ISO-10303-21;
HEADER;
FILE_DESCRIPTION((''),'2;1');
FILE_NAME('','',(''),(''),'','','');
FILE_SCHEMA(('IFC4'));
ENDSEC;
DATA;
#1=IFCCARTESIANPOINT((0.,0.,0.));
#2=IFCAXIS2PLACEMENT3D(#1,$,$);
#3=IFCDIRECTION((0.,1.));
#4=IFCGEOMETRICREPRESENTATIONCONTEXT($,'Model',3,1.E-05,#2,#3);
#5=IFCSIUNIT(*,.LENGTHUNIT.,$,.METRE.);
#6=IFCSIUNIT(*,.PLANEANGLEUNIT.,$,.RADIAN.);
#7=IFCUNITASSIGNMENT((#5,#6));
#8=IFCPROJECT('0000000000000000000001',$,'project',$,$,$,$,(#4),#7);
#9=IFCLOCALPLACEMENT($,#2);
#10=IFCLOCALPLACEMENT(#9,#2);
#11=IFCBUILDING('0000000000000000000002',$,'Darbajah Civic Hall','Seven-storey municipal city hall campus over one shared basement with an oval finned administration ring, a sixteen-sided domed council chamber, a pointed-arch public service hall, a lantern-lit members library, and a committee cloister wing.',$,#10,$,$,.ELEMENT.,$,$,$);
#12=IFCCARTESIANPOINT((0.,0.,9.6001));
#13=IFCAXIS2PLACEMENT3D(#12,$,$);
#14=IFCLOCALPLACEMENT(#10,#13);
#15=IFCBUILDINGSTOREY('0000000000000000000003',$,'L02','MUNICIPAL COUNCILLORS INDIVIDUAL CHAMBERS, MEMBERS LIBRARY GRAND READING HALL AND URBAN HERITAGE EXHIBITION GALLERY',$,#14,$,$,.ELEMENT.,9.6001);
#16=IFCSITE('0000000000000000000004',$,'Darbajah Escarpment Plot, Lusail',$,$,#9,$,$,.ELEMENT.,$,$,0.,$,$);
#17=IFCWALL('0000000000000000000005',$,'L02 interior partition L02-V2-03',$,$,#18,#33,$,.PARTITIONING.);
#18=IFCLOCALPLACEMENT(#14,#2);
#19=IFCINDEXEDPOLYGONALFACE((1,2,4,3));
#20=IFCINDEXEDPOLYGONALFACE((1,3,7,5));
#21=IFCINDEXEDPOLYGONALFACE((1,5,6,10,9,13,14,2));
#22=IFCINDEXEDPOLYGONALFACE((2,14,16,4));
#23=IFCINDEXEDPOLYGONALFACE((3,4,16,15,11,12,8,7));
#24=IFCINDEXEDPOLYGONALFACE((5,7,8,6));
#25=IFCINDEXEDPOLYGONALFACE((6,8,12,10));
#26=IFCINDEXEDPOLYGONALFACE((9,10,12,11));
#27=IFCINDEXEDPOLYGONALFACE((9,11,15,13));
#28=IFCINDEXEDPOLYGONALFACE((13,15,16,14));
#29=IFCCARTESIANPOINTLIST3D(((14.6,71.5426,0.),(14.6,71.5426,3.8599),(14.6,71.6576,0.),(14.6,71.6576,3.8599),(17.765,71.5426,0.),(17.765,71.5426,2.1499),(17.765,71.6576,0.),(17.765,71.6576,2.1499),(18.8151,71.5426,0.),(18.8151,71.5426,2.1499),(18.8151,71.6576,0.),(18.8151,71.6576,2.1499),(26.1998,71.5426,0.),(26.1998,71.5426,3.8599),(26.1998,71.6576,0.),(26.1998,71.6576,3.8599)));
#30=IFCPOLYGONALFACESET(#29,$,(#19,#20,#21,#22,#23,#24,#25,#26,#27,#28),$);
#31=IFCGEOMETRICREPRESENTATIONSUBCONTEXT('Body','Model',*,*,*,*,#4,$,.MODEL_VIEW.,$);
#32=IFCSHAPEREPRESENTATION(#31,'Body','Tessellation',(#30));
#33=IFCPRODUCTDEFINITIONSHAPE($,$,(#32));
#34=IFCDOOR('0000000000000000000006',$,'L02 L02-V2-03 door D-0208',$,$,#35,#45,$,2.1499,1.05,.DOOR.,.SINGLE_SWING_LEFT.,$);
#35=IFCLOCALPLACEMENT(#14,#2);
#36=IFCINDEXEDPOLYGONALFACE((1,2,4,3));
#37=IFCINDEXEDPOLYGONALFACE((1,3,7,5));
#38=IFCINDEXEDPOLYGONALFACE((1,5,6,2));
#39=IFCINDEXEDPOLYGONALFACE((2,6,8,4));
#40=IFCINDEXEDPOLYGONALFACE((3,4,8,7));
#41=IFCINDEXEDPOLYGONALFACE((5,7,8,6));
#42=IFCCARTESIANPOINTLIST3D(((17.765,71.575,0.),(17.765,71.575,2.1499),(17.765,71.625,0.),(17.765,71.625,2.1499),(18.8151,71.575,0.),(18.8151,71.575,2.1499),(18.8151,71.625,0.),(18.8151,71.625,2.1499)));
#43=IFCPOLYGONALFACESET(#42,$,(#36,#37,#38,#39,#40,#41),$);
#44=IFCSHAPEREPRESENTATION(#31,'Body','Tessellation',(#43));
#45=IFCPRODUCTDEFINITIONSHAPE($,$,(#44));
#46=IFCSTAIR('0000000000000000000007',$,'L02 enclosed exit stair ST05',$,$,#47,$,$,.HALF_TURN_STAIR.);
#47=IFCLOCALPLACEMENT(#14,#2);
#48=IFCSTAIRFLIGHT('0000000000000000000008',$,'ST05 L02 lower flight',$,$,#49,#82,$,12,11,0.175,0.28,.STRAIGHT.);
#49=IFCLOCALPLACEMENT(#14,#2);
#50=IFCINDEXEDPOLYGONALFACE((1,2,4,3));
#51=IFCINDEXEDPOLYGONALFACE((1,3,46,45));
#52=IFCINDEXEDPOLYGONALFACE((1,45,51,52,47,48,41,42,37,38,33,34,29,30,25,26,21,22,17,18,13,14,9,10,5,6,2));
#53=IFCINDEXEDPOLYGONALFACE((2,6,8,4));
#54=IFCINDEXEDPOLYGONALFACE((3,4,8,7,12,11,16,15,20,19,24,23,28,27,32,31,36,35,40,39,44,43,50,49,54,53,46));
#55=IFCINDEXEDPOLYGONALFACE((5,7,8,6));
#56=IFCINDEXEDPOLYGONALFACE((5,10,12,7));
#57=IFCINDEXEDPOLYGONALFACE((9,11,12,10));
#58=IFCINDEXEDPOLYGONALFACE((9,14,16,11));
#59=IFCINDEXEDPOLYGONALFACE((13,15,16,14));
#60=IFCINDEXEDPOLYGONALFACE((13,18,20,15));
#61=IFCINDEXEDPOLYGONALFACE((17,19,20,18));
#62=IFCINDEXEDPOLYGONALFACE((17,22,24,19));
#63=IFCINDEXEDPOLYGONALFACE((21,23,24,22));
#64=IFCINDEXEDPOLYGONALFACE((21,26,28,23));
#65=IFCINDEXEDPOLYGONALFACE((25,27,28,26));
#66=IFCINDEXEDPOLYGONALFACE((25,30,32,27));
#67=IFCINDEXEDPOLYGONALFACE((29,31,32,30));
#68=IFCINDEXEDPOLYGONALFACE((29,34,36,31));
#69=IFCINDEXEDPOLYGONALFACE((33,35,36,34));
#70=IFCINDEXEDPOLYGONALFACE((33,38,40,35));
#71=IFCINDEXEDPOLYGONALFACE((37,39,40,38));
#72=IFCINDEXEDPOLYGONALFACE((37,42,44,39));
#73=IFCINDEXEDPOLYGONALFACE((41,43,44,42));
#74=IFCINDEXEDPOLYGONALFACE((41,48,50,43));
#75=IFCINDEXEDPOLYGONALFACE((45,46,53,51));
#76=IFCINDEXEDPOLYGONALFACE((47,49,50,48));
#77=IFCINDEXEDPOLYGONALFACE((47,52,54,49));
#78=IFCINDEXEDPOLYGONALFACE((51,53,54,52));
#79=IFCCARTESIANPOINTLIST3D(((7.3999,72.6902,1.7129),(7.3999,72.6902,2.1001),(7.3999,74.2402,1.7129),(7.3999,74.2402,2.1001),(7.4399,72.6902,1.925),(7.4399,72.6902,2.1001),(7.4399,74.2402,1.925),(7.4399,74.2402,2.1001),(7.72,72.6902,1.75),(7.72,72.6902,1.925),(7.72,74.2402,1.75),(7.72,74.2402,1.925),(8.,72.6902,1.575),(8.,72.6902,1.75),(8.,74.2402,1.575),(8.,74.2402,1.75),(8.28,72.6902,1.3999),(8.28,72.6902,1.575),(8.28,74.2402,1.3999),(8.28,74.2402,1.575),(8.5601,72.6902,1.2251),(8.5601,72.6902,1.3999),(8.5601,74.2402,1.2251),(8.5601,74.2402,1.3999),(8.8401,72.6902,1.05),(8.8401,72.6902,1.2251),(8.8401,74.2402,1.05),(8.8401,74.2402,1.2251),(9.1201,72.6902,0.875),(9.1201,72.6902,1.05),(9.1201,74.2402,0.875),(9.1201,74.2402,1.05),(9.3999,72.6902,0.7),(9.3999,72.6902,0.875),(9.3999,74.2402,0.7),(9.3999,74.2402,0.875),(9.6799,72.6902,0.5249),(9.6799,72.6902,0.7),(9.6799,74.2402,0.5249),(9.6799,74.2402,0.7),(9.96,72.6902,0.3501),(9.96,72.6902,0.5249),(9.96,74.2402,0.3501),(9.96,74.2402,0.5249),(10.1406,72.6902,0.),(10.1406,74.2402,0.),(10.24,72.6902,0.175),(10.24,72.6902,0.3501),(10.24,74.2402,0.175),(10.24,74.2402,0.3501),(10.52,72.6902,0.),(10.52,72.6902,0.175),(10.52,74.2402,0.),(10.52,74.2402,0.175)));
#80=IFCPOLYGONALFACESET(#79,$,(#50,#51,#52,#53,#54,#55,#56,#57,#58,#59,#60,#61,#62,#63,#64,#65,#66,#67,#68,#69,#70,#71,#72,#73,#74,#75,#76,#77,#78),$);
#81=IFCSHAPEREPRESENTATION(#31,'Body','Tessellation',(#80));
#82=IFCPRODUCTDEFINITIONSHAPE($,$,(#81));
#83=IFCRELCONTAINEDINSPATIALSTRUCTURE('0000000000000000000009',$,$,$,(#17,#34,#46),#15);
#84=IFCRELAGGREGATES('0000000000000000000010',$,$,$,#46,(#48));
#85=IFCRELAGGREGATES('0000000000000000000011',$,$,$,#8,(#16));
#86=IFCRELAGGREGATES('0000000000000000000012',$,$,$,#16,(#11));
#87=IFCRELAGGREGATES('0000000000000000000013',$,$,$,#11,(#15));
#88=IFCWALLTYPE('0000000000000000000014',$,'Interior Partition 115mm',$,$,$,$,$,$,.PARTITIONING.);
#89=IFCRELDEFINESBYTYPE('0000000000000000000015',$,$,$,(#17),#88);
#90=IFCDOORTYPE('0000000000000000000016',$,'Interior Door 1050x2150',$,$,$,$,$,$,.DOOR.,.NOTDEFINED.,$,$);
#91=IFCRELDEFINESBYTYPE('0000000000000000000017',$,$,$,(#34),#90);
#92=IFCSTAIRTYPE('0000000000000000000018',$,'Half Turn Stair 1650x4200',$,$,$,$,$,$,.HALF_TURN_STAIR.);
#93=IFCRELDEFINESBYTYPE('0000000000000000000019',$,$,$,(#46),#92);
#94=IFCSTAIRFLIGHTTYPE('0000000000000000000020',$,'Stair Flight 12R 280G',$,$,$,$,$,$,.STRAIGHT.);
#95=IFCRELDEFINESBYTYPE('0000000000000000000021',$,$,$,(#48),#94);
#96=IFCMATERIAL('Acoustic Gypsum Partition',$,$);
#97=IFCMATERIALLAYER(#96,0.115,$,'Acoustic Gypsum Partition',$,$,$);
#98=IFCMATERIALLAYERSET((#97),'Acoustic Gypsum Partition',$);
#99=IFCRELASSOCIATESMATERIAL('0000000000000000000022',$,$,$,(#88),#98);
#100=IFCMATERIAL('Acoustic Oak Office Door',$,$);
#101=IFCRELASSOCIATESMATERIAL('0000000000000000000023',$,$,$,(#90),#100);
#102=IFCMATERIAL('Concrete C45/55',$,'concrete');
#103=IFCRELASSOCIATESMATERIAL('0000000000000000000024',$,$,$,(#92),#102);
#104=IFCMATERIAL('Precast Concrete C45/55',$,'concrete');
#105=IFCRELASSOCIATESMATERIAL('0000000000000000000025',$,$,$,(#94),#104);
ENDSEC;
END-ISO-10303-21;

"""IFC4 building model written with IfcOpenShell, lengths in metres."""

from ifc_helpers import new_model, si_unit, direction, frame, frame_2d, origin, place, context, subcontext, project, spatial, polyline, rectangle, outline, extrude, material, layer, layer_set, type_object, element, fill, aggregate, save


model = new_model("IFC4")

# Units and contexts
model_context = context("Model", 3, precision=1e-05, world=origin(), true_north=direction((0.0, 1.0)))
body_context = subcontext(model_context, "Body", "Model", "MODEL_VIEW")
ifc_project = project(units=[si_unit("LENGTHUNIT", "METRE"), si_unit("PLANEANGLEUNIT", "RADIAN")], contexts=[model_context])

# Site, building, storey
site_placement = place(None, origin())
site = spatial("IfcSite", under=ifc_project, at=site_placement, Name="Darbajah Escarpment Plot, Lusail", CompositionType="ELEMENT", RefElevation=0.0)
building_placement = place(site_placement, origin())
building = spatial("IfcBuilding", under=site, at=building_placement, Name="Darbajah Civic Hall", Description="Seven-storey municipal city hall campus over one shared basement with an oval finned administration ring, a sixteen-sided domed council chamber, a pointed-arch public service hall, a lantern-lit members library, and a committee cloister wing.", CompositionType="ELEMENT")
storey_placement = place(building_placement, frame((0.0, 0.0, 9.6001)))
storey = spatial("IfcBuildingStorey", under=building, at=storey_placement, Name="L02", Description="MUNICIPAL COUNCILLORS INDIVIDUAL CHAMBERS, MEMBERS LIBRARY GRAND READING HALL AND URBAN HERITAGE EXHIBITION GALLERY", CompositionType="ELEMENT", Elevation=9.6001)

# Shared definitions
ifc_material_1 = material(Name="Concrete C45/55", Category="concrete")

# Wall, opening, door
ifc_material_2 = material(Name="Acoustic Gypsum Partition")
ifc_layer_1 = layer(ifc_material_2, 0.115, Name="Acoustic Gypsum Partition")
ifc_layer_set_1 = layer_set([ifc_layer_1], Name="Acoustic Gypsum Partition")
wall_type_1 = type_object("IfcWallType", Name="Interior Partition 115mm", PredefinedType="PARTITIONING", material=ifc_layer_set_1)
wall_1_placement = place(storey_placement, frame((14.6001, 71.6001, 0.0), z_axis=(0.0, 0.0, 1.0), x_axis=(1.0, 0.0, 0.0)))
wall_1 = element("IfcWall", 1, at=wall_1_placement, inside=storey, type_object=wall_type_1, Name="L02 interior partition L02-V2-03", PredefinedType="PARTITIONING", context=body_context, shape_type="SweptSolid", body=[
    extrude(rectangle(XDim=11.5999, YDim=0.115, at=frame_2d((5.7998, 0.0))), origin(), (0.0, 0.0, 1.0), 3.8599),
])
opening_1_placement = place(wall_1_placement, frame((3.165, 0.0, 0.0)))
opening_1 = element("IfcOpeningElement", 2, at=opening_1_placement, cuts=wall_1, PredefinedType="OPENING", context=body_context, shape_type="SweptSolid", body=[
    extrude(rectangle(XDim=1.05, YDim=2.1499, at=frame_2d((0.5249, 1.075))), frame((0.0, 0.0674, 0.0), z_axis=(0.0, -1.0, 0.0), x_axis=(1.0, 0.0, 0.0)), (0.0, 0.0, 1.0), 0.135),
])
ifc_material_3 = material(Name="Acoustic Oak Office Door")
door_type_1 = type_object("IfcDoorType", Name="Interior Door 1050x2150", OperationType="NOTDEFINED", PredefinedType="DOOR", material=ifc_material_3)
door_1_placement = place(opening_1_placement, origin())
door_1 = element("IfcDoor", 3, at=door_1_placement, inside=storey, type_object=door_type_1, Name="L02 L02-V2-03 door D-0208", OperationType="SINGLE_SWING_LEFT", OverallHeight=2.1499, OverallWidth=1.05, PredefinedType="DOOR", context=body_context, shape_type="SweptSolid", body=[
    extrude(rectangle(XDim=1.05, YDim=2.1499, at=frame_2d((0.5249, 1.075))), frame((0.0, 0.0249, 0.0), z_axis=(0.0, -1.0, 0.0), x_axis=(1.0, 0.0, 0.0)), (0.0, 0.0, 1.0), 0.05),
])
fill(opening_1, door_1)

# Stair, stair flight
stair_type = type_object("IfcStairType", Name="Half Turn Stair 1650x4200", PredefinedType="HALF_TURN_STAIR", material=ifc_material_1)
stair_placement = place(storey_placement, origin())
stair = element("IfcStair", 4, at=stair_placement, inside=storey, type_object=stair_type, Name="L02 enclosed exit stair ST05", PredefinedType="HALF_TURN_STAIR")
ifc_material_4 = material(Name="Precast Concrete C45/55", Category="concrete")
stair_flight_type = type_object("IfcStairFlightType", Name="Stair Flight 12R 280G", PredefinedType="STRAIGHT", material=ifc_material_4)
stair_flight_placement = place(storey_placement, frame((10.52, 73.4651, 0.0), z_axis=(0.0, 0.0, 1.0), x_axis=(-1.0, 0.0, 0.0)))
stair_flight = element("IfcStairFlight", 5, at=stair_flight_placement, type_object=stair_flight_type, Name="ST05 L02 lower flight", NumberOfRisers=12, NumberOfTreads=11, PredefinedType="STRAIGHT", RiserHeight=0.175, TreadLength=0.28, context=body_context, shape_type="SweptSolid", body=[
    extrude(outline(polyline([(0.0, 0.0), (0.0, 0.175), (0.28, 0.175), (0.28, 0.3501), (0.5601, 0.3501), (0.5601, 0.5249), (0.8401, 0.5249), (0.8401, 0.7), (1.1201, 0.7), (1.1201, 0.875), (1.3999, 0.875), (1.3999, 1.05), (1.6799, 1.05), (1.6799, 1.2251), (1.96, 1.2251), (1.96, 1.3999), (2.24, 1.3999), (2.24, 1.575), (2.52, 1.575), (2.52, 1.75), (2.8, 1.75), (2.8, 1.925), (3.0801, 1.925), (3.0801, 2.1001), (3.1201, 2.1001), (3.1201, 1.7129), (0.3794, 0.0), (0.0, 0.0)])), frame((0.0, 0.7749, 0.0), z_axis=(0.0, -1.0, 0.0), x_axis=(1.0, 0.0, 0.0)), (0.0, 0.0, 1.0), 1.55),
])
aggregate(stair, [stair_flight])

save(model, "model.ifc")
